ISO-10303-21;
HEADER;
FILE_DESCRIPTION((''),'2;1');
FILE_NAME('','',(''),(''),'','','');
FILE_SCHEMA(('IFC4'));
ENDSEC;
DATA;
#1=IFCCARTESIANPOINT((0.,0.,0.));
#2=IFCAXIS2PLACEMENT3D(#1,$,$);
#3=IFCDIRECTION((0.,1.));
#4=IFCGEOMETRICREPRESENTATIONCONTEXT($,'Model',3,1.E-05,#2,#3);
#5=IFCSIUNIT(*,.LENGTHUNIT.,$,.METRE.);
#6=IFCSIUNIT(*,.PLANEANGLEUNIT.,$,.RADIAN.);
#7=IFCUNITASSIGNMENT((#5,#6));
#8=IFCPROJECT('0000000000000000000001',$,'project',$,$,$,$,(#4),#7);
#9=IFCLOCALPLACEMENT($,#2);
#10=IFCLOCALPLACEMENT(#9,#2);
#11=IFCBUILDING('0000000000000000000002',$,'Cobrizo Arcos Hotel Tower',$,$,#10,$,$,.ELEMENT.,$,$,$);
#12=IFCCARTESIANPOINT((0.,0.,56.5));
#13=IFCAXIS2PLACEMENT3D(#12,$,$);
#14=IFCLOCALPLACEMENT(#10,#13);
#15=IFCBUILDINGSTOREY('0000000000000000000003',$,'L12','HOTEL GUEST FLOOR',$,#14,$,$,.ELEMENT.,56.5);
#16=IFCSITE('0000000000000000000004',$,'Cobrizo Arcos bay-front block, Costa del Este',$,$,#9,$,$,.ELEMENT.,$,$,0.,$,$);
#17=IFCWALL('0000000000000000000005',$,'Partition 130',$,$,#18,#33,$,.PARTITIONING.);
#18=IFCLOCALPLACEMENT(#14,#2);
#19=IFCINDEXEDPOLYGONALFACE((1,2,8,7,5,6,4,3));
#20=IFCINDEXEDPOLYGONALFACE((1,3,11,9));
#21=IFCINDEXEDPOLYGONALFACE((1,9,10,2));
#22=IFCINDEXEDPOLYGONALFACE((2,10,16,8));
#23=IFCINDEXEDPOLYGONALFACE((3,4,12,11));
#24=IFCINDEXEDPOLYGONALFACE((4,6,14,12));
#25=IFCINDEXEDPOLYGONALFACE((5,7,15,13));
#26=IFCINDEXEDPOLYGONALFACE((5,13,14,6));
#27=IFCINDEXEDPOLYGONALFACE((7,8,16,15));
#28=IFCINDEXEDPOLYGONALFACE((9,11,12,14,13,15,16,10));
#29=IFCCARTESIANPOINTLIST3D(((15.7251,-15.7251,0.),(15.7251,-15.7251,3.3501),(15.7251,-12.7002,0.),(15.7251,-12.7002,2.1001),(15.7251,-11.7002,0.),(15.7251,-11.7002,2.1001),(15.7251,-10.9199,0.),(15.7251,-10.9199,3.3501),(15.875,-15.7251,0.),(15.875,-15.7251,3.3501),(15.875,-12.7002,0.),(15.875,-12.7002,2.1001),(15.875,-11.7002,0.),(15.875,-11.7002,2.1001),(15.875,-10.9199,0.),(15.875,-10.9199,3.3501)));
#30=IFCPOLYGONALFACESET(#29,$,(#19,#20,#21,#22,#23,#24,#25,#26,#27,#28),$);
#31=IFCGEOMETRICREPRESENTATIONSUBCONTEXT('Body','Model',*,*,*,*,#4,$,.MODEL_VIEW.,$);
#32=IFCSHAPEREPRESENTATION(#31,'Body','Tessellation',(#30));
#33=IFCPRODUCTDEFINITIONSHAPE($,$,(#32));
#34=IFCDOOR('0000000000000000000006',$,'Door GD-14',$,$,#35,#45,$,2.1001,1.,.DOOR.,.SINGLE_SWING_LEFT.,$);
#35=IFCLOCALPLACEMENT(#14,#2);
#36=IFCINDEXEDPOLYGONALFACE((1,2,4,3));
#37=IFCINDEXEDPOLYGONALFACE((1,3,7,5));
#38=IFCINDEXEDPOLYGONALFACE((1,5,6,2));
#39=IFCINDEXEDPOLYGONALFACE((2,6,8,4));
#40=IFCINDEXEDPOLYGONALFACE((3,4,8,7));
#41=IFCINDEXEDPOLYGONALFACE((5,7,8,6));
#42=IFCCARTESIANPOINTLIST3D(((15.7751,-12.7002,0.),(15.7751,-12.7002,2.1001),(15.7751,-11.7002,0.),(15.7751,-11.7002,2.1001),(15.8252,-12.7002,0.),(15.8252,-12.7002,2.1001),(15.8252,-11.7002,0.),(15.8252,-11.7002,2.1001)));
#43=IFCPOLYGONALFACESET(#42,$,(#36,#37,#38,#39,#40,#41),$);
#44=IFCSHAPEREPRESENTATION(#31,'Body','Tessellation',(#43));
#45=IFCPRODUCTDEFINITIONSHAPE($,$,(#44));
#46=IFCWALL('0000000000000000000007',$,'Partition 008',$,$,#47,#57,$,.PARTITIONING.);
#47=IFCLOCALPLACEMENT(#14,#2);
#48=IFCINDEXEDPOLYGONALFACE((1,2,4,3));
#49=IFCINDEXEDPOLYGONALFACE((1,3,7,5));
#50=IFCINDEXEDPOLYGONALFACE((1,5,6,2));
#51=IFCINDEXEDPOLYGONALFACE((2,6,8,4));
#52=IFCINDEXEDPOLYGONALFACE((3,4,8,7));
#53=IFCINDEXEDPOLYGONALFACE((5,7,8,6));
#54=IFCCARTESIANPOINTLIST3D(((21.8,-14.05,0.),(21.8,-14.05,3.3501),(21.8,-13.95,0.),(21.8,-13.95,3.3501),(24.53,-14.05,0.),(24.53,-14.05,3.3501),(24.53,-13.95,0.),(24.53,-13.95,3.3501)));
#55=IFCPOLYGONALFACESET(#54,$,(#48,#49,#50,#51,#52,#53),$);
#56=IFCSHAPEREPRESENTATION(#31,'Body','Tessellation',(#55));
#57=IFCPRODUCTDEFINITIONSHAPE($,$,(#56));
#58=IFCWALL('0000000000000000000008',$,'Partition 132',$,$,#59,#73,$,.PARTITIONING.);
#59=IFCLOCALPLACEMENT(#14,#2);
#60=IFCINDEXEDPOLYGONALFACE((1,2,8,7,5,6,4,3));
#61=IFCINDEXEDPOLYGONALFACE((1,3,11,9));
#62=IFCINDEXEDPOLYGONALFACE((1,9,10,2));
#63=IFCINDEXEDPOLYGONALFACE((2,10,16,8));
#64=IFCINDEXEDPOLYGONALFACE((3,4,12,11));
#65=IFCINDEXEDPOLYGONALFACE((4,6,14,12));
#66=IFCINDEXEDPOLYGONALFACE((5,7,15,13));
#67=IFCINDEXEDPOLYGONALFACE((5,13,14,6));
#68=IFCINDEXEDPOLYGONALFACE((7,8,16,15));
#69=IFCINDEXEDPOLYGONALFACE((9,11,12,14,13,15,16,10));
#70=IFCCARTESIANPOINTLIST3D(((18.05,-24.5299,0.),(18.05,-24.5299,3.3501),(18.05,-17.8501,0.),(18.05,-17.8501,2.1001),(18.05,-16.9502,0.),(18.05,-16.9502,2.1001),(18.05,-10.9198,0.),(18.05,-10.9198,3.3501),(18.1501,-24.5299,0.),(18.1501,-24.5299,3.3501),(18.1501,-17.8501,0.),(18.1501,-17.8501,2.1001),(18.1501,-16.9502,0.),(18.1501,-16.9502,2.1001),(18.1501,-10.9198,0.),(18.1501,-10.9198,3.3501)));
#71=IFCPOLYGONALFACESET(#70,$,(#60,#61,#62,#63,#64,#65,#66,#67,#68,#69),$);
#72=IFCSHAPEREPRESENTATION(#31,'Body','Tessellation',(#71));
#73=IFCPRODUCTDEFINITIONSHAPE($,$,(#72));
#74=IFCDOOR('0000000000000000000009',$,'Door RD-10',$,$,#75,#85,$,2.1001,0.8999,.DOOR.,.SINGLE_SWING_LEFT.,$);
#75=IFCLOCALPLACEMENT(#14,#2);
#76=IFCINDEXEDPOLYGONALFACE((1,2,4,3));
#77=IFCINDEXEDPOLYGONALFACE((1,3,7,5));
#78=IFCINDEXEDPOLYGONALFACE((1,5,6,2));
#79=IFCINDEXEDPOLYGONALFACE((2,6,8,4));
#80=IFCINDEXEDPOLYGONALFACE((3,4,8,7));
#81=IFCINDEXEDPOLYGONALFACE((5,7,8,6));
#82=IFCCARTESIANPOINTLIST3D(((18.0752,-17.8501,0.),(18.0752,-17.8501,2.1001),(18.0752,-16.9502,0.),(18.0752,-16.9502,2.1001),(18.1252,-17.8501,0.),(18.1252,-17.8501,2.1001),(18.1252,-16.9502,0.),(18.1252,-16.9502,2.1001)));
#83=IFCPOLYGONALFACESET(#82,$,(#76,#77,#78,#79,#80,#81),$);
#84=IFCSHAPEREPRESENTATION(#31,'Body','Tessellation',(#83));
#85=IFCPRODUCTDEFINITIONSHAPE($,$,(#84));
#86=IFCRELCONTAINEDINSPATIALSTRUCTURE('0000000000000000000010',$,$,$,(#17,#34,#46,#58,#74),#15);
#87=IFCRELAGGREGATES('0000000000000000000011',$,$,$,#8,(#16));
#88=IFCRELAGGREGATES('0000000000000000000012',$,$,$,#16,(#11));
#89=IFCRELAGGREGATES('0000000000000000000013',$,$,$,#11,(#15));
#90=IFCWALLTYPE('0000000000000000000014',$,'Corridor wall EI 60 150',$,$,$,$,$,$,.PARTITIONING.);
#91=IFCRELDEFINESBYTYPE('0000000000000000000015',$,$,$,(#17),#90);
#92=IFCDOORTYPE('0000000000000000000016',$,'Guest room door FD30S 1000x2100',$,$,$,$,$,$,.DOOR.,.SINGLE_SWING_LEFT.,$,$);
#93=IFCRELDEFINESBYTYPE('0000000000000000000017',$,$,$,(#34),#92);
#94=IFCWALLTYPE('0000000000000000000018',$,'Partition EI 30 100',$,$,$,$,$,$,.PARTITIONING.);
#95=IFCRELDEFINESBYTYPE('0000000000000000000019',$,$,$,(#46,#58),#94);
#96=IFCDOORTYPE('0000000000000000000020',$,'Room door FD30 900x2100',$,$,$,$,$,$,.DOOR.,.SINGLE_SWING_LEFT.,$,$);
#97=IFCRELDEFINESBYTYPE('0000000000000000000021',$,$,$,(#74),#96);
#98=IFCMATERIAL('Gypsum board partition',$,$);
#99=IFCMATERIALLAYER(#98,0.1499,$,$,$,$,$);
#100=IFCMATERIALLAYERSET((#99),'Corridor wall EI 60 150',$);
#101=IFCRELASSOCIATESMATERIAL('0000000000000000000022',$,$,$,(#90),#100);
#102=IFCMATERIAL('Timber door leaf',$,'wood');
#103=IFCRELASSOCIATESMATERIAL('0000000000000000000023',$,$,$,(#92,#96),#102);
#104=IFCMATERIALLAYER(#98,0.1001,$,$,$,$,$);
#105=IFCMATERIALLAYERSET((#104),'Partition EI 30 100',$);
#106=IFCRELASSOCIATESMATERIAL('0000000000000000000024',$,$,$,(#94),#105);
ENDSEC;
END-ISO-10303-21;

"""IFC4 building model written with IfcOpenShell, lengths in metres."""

from ifc_helpers import new_model, si_unit, direction, frame, frame_2d, origin, place, context, subcontext, project, spatial, rectangle, extrude, material, layer, layer_set, type_object, element, fill, save


model = new_model("IFC4")

# Units and contexts
model_context = context("Model", 3, precision=1e-05, world=origin(), true_north=direction((0.0, 1.0)))
body_context = subcontext(model_context, "Body", "Model", "MODEL_VIEW")
ifc_project = project(units=[si_unit("LENGTHUNIT", "METRE"), si_unit("PLANEANGLEUNIT", "RADIAN")], contexts=[model_context])

# Site, building, storey
site_placement = place(None, origin())
site = spatial("IfcSite", under=ifc_project, at=site_placement, Name="Cobrizo Arcos bay-front block, Costa del Este", CompositionType="ELEMENT", RefElevation=0.0)
building_placement = place(site_placement, origin())
building = spatial("IfcBuilding", under=site, at=building_placement, Name="Cobrizo Arcos Hotel Tower", CompositionType="ELEMENT")
storey_placement = place(building_placement, frame((0.0, 0.0, 56.5)))
storey = spatial("IfcBuildingStorey", under=building, at=storey_placement, Name="L12", Description="HOTEL GUEST FLOOR", CompositionType="ELEMENT", Elevation=56.5)

# Wall, opening, door
ifc_material_1 = material(Name="Gypsum board partition")
ifc_layer_1 = layer(ifc_material_1, 0.1499)
ifc_layer_set_1 = layer_set([ifc_layer_1], Name="Corridor wall EI 60 150")
wall_type_1 = type_object("IfcWallType", Name="Corridor wall EI 60 150", PredefinedType="PARTITIONING", material=ifc_layer_set_1)
wall_1_placement = place(storey_placement, frame((15.8, -15.7251, 0.0), z_axis=(0.0, 0.0, 1.0), x_axis=(0.0, 1.0, 0.0)))
wall_1 = element("IfcWall", 1, at=wall_1_placement, inside=storey, type_object=wall_type_1, Name="Partition 130", PredefinedType="PARTITIONING", context=body_context, shape_type="SweptSolid", body=[
    extrude(rectangle(XDim=4.8052, YDim=0.1499, at=frame_2d((2.4026, 0.0))), origin(), (0.0, 0.0, 1.0), 3.3501),
])
opening_1_placement = place(wall_1_placement, frame((3.0249, 0.0, 0.0)))
opening_1 = element("IfcOpeningElement", 2, at=opening_1_placement, cuts=wall_1, PredefinedType="OPENING", context=body_context, shape_type="SweptSolid", body=[
    extrude(rectangle(XDim=1.0, YDim=2.1001, at=frame_2d((0.5, 1.05))), frame((0.0, 0.0869, 0.0), z_axis=(0.0, -1.0, 0.0), x_axis=(1.0, 0.0, 0.0)), (0.0, 0.0, 1.0), 0.1738),
])
ifc_material_2 = material(Name="Timber door leaf", Category="wood")
door_type_1 = type_object("IfcDoorType", Name="Guest room door FD30S 1000x2100", OperationType="SINGLE_SWING_LEFT", PredefinedType="DOOR", material=ifc_material_2)
door_1_placement = place(opening_1_placement, origin())
door_1 = element("IfcDoor", 3, at=door_1_placement, inside=storey, type_object=door_type_1, Name="Door GD-14", OperationType="SINGLE_SWING_LEFT", OverallHeight=2.1001, OverallWidth=1.0, PredefinedType="DOOR", context=body_context, shape_type="SweptSolid", body=[
    extrude(rectangle(XDim=1.0, YDim=2.1001, at=frame_2d((0.5, 1.05))), frame((0.0, 0.0249, 0.0), z_axis=(0.0, -1.0, 0.0), x_axis=(1.0, 0.0, 0.0)), (0.0, 0.0, 1.0), 0.05),
])
fill(opening_1, door_1)

# Wall
ifc_layer_2 = layer(ifc_material_1, 0.1001)
ifc_layer_set_2 = layer_set([ifc_layer_2], Name="Partition EI 30 100")
wall_type_2 = type_object("IfcWallType", Name="Partition EI 30 100", PredefinedType="PARTITIONING", material=ifc_layer_set_2)
wall_2_placement = place(storey_placement, frame((21.8, -14.0, 0.0), z_axis=(0.0, 0.0, 1.0), x_axis=(1.0, 0.0, 0.0)))
element("IfcWall", 4, at=wall_2_placement, inside=storey, type_object=wall_type_2, Name="Partition 008", PredefinedType="PARTITIONING", context=body_context, shape_type="SweptSolid", body=[
    extrude(rectangle(XDim=2.73, YDim=0.1001, at=frame_2d((1.365, 0.0))), origin(), (0.0, 0.0, 1.0), 3.3501),
])

# Wall, opening, door
wall_3_placement = place(storey_placement, frame((18.1001, -24.53, 0.0), z_axis=(0.0, 0.0, 1.0), x_axis=(0.0, 1.0, 0.0)))
wall_3 = element("IfcWall", 5, at=wall_3_placement, inside=storey, type_object=wall_type_2, Name="Partition 132", PredefinedType="PARTITIONING", context=body_context, shape_type="SweptSolid", body=[
    extrude(rectangle(XDim=13.6101, YDim=0.1001, at=frame_2d((6.8052, 0.0))), origin(), (0.0, 0.0, 1.0), 3.3501),
])
opening_2_placement = place(wall_3_placement, frame((6.6799, 0.0, 0.0)))
opening_2 = element("IfcOpeningElement", 6, at=opening_2_placement, cuts=wall_3, PredefinedType="OPENING", context=body_context, shape_type="SweptSolid", body=[
    extrude(rectangle(XDim=0.8999, YDim=2.1001, at=frame_2d((0.45, 1.05))), frame((0.0, 0.062, 0.0), z_axis=(0.0, -1.0, 0.0), x_axis=(1.0, 0.0, 0.0)), (0.0, 0.0, 1.0), 0.124),
])
door_type_2 = type_object("IfcDoorType", Name="Room door FD30 900x2100", OperationType="SINGLE_SWING_LEFT", PredefinedType="DOOR", material=ifc_material_2)
door_2_placement = place(opening_2_placement, origin())
door_2 = element("IfcDoor", 7, at=door_2_placement, inside=storey, type_object=door_type_2, Name="Door RD-10", OperationType="SINGLE_SWING_LEFT", OverallHeight=2.1001, OverallWidth=0.8999, PredefinedType="DOOR", context=body_context, shape_type="SweptSolid", body=[
    extrude(rectangle(XDim=0.8999, YDim=2.1001, at=frame_2d((0.45, 1.05))), frame((0.0, 0.0249, 0.0), z_axis=(0.0, -1.0, 0.0), x_axis=(1.0, 0.0, 0.0)), (0.0, 0.0, 1.0), 0.05),
])
fill(opening_2, door_2)

save(model, "model.ifc")
